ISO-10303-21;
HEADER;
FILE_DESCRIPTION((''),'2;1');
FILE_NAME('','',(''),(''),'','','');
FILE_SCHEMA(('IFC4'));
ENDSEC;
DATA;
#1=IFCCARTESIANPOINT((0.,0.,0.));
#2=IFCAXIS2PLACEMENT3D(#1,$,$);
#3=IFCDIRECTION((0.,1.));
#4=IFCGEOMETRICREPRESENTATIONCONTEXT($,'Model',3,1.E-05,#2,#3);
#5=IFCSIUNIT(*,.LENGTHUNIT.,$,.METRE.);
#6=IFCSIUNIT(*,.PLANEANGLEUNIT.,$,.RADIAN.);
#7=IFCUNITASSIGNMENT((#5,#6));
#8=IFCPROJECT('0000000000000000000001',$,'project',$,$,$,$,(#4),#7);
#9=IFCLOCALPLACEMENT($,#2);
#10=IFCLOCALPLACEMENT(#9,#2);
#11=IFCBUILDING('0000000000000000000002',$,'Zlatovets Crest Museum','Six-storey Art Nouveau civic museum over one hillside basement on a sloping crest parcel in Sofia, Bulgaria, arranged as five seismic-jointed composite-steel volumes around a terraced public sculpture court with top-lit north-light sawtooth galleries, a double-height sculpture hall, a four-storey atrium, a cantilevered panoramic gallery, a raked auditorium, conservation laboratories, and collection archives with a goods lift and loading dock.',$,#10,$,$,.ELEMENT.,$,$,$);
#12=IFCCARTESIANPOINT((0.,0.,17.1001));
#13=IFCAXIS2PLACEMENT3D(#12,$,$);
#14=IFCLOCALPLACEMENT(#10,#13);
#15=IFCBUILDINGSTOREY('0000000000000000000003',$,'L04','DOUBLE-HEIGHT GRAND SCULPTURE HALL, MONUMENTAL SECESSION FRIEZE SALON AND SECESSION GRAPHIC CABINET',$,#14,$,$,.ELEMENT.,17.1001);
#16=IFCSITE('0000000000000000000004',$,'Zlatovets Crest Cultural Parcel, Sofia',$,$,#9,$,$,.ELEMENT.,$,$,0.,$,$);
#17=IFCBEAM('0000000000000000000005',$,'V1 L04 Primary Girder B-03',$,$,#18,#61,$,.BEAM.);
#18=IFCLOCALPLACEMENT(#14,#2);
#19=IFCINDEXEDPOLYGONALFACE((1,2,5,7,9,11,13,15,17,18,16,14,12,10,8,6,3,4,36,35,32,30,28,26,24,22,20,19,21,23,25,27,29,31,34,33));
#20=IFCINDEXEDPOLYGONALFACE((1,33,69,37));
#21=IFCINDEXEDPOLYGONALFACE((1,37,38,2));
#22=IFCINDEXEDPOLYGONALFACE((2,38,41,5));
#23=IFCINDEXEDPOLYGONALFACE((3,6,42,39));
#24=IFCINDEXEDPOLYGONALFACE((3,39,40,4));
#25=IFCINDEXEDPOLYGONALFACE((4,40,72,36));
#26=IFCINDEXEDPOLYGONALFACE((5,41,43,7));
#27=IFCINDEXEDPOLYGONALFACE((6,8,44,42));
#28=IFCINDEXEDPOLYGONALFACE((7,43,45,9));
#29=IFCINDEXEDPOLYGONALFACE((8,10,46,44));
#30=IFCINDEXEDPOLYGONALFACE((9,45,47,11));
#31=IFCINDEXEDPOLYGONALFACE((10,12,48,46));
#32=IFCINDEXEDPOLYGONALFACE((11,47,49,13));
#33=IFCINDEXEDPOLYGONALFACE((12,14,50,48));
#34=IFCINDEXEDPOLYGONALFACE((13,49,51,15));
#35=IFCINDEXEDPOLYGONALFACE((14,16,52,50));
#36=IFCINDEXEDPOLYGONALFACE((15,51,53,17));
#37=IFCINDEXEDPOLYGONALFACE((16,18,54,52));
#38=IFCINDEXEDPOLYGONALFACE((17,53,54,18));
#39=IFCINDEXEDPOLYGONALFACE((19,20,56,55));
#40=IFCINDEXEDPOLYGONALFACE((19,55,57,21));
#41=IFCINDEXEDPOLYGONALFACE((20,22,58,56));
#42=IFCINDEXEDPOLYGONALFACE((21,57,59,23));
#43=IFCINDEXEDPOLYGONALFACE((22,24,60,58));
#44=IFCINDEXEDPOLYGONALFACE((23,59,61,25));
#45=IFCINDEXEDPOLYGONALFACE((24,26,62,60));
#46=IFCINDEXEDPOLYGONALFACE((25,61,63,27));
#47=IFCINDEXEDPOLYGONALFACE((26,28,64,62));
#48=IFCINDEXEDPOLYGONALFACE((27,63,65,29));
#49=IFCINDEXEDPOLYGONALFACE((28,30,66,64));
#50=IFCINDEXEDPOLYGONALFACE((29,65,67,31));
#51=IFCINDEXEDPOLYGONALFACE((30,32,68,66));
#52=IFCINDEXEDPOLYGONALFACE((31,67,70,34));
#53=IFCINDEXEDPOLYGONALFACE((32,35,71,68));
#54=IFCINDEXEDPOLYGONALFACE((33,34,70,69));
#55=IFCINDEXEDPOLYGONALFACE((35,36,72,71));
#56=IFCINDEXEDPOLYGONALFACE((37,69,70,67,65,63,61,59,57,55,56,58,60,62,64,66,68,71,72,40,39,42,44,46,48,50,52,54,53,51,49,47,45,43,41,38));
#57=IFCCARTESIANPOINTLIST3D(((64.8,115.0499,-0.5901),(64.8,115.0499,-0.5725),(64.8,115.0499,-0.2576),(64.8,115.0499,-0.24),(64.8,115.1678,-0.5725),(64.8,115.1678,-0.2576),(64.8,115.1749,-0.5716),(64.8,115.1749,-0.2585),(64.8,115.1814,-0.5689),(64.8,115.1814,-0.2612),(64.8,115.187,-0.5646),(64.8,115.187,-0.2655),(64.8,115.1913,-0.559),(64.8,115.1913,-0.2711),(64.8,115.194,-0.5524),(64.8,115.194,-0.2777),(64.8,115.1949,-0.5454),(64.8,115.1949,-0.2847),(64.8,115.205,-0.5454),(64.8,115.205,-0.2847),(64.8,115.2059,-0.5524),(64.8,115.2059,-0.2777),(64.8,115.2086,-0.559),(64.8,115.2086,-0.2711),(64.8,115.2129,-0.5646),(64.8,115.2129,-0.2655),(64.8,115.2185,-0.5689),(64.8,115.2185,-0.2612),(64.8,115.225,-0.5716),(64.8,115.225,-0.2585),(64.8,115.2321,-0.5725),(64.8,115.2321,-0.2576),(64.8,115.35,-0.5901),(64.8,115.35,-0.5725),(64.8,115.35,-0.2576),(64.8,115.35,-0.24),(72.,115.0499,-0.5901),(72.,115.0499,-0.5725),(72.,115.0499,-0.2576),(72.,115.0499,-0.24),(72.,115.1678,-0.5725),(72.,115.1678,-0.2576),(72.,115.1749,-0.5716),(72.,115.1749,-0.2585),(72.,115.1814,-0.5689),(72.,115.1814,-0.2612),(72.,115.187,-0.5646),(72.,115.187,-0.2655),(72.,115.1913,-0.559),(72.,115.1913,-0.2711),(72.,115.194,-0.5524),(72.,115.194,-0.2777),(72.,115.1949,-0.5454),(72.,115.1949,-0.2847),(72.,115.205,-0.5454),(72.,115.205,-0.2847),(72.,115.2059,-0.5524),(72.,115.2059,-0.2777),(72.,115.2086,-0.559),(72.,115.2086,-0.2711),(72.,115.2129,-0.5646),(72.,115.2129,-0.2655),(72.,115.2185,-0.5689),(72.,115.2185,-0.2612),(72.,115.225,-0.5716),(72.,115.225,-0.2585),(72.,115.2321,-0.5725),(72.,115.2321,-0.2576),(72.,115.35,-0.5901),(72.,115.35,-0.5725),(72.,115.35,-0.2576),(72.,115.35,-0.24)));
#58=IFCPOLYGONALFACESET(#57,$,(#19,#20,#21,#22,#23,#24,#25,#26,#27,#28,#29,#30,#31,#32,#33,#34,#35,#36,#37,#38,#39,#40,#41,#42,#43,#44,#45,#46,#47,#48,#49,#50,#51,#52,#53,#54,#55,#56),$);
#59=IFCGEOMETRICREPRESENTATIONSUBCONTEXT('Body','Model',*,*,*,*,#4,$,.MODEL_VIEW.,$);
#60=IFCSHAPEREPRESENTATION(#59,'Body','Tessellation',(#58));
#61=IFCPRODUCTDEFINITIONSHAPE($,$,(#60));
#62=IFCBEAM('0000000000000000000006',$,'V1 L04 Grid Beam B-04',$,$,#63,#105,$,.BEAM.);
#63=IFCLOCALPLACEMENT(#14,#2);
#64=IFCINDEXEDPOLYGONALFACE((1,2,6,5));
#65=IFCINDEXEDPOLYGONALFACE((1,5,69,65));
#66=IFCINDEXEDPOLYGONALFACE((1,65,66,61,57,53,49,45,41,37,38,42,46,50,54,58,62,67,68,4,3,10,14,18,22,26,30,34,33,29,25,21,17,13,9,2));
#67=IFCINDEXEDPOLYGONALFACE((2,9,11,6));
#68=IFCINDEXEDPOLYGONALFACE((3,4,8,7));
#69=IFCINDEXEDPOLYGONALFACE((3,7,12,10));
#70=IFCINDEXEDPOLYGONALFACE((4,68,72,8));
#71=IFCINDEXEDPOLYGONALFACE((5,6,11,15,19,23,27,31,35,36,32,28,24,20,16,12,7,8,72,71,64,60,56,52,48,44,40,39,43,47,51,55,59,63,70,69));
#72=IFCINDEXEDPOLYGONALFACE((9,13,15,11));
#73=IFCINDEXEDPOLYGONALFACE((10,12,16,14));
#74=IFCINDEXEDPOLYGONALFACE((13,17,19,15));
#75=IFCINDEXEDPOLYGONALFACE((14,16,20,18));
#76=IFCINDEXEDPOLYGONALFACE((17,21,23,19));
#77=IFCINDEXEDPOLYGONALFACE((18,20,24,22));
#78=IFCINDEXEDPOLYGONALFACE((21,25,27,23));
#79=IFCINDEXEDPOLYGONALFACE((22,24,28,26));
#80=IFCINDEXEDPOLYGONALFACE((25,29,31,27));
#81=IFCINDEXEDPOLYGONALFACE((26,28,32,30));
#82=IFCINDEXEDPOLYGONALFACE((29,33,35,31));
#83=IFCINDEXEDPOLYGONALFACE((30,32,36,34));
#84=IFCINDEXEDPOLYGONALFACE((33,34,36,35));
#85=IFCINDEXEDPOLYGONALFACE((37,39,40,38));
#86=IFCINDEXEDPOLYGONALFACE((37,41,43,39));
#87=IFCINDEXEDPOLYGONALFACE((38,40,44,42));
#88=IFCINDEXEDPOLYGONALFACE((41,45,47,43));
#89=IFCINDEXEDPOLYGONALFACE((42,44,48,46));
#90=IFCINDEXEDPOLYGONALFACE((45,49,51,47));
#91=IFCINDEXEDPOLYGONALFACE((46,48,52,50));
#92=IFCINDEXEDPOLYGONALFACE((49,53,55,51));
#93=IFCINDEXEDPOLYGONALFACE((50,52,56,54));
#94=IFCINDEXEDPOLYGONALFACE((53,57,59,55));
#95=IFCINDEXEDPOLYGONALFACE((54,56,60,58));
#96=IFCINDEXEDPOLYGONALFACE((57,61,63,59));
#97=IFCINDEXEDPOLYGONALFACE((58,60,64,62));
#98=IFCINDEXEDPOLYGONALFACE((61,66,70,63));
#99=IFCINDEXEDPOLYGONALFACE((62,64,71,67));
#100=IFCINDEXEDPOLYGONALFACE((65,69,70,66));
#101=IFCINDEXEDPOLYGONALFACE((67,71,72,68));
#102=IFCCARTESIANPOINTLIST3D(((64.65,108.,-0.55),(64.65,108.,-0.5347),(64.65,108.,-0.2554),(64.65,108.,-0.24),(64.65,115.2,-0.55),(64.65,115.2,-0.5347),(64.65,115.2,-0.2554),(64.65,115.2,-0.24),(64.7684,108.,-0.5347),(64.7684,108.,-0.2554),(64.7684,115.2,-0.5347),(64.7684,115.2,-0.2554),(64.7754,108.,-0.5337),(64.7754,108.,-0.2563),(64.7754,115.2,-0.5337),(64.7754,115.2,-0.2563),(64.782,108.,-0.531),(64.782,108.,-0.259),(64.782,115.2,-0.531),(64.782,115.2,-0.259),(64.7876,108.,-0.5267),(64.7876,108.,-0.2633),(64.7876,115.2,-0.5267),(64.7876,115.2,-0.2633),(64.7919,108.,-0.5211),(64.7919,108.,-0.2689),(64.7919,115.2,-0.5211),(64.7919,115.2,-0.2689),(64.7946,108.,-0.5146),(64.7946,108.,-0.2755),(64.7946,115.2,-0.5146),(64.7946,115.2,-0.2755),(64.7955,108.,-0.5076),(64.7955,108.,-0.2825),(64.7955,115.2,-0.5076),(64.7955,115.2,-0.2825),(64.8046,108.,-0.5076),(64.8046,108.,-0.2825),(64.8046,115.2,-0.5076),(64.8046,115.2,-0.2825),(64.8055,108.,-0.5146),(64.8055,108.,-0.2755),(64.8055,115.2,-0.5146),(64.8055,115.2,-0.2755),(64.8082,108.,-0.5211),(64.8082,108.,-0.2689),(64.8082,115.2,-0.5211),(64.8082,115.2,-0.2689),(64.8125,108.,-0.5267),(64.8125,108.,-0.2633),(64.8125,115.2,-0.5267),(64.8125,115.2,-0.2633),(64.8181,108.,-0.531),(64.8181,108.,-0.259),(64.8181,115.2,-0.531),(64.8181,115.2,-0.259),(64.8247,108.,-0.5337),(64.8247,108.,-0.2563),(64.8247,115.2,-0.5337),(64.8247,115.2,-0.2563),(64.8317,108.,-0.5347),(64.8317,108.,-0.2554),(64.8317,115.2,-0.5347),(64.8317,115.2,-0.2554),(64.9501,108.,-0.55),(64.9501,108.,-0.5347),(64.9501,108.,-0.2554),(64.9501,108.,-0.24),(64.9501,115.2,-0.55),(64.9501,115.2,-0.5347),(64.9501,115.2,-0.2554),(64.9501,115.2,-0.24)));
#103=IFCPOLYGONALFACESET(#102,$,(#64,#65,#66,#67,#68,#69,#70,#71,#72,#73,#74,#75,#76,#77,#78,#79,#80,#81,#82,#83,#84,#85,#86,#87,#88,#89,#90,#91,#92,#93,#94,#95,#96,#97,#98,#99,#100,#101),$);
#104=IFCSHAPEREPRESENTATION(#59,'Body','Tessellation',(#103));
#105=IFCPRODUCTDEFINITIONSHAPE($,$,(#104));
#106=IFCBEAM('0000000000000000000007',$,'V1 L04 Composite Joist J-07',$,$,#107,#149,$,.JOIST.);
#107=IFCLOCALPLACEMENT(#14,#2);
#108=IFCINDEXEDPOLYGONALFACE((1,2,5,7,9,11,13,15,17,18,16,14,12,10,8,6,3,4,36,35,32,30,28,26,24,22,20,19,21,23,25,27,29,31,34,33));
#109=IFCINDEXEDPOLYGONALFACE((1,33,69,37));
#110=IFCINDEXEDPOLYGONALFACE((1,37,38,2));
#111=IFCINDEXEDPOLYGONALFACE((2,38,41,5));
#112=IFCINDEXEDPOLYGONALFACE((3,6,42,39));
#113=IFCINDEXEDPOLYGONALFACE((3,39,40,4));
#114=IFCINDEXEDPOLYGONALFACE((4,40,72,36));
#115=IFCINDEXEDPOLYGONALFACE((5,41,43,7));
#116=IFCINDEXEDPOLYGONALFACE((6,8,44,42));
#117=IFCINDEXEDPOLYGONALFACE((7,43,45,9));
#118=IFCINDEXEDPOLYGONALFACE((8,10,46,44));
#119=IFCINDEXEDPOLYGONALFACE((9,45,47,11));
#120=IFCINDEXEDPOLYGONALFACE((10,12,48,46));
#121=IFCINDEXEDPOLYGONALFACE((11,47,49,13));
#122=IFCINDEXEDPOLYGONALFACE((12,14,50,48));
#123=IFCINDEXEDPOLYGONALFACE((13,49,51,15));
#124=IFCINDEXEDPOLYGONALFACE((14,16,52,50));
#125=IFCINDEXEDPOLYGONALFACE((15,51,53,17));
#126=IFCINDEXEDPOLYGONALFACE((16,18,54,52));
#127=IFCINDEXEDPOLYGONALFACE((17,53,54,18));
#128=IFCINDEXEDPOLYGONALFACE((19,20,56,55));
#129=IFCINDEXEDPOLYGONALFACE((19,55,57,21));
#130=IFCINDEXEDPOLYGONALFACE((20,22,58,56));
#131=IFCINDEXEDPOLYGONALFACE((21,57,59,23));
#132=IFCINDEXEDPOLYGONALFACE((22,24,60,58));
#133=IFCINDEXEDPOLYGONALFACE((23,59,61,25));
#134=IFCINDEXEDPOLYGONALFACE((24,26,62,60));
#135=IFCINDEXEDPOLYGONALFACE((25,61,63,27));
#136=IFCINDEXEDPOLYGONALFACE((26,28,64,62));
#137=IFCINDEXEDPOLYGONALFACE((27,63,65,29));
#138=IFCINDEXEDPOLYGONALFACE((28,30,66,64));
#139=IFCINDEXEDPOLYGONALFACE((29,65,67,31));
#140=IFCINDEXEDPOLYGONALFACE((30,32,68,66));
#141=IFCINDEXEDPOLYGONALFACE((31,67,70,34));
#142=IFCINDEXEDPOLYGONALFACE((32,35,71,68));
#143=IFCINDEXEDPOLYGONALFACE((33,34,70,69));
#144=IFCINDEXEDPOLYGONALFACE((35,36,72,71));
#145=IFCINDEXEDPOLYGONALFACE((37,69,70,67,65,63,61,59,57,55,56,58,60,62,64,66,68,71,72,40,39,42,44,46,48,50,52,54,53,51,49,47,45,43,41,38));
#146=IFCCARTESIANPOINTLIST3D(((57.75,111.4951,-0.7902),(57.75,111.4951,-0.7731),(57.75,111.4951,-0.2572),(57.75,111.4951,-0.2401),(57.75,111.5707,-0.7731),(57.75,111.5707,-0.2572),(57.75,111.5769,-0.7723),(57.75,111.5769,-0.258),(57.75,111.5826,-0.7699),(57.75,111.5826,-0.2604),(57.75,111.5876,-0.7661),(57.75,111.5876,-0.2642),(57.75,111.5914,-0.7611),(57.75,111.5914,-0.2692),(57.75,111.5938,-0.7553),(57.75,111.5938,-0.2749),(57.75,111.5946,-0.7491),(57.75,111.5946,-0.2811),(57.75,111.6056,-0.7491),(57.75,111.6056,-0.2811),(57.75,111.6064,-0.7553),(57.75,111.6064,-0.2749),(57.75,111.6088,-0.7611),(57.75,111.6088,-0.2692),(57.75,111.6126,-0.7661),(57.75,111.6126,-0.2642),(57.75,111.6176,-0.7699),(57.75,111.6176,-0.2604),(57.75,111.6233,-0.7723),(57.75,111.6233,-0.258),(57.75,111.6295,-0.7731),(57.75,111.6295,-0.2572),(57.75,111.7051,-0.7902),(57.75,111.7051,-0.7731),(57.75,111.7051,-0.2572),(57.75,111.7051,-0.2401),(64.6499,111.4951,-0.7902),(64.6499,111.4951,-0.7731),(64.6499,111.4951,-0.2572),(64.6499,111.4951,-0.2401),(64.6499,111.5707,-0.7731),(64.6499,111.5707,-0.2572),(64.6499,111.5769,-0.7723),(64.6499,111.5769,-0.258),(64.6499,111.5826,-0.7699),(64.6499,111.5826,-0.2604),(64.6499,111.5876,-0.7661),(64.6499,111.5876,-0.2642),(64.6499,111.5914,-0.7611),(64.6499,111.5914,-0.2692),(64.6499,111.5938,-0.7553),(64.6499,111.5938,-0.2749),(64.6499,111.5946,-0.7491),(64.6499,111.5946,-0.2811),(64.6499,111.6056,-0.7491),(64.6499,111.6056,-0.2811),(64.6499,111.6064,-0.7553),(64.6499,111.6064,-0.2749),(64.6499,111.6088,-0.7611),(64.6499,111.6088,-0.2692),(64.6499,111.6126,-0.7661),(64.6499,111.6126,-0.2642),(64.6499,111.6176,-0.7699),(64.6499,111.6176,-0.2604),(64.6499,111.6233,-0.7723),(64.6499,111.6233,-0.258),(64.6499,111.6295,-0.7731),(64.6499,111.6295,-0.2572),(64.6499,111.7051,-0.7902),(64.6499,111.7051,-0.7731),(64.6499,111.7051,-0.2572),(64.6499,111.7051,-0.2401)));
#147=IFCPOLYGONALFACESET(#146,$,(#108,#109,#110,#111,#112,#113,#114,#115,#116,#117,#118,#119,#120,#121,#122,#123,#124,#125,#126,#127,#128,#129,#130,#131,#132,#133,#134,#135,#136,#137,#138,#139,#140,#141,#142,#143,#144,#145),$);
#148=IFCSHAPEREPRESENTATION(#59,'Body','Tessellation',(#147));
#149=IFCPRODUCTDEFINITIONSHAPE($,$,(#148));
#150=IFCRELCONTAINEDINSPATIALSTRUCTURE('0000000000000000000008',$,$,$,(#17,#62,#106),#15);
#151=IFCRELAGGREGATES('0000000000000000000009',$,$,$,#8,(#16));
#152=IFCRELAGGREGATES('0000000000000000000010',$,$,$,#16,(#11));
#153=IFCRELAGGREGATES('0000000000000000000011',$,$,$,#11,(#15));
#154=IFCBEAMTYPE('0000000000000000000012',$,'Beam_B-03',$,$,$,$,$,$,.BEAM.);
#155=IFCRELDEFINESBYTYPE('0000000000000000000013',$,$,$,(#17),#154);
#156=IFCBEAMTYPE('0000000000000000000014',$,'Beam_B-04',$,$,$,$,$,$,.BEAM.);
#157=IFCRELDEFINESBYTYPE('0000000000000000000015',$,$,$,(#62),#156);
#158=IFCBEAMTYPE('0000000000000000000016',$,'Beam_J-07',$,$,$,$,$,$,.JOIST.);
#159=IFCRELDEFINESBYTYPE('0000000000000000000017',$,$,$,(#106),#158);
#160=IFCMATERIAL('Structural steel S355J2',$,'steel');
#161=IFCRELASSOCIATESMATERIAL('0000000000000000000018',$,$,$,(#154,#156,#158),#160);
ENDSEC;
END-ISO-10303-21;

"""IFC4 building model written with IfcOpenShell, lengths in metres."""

from ifc_helpers import new_model, si_unit, direction, frame, origin, origin_2d, place, context, subcontext, project, spatial, i_section, extrude, material, material_profile, profile_set, type_object, element, save


model = new_model("IFC4")

# Units and contexts
model_context = context("Model", 3, precision=1e-05, world=origin(), true_north=direction((0.0, 1.0)))
body_context = subcontext(model_context, "Body", "Model", "MODEL_VIEW")
ifc_project = project(units=[si_unit("LENGTHUNIT", "METRE"), si_unit("PLANEANGLEUNIT", "RADIAN")], contexts=[model_context])

# Site, building, storey
site_placement = place(None, origin())
site = spatial("IfcSite", under=ifc_project, at=site_placement, Name="Zlatovets Crest Cultural Parcel, Sofia", CompositionType="ELEMENT", RefElevation=0.0)
building_placement = place(site_placement, origin())
building = spatial("IfcBuilding", under=site, at=building_placement, Name="Zlatovets Crest Museum", Description="Six-storey Art Nouveau civic museum over one hillside basement on a sloping crest parcel in Sofia, Bulgaria, arranged as five seismic-jointed composite-steel volumes around a terraced public sculpture court with top-lit north-light sawtooth galleries, a double-height sculpture hall, a four-storey atrium, a cantilevered panoramic gallery, a raked auditorium, conservation laboratories, and collection archives with a goods lift and loading dock.", CompositionType="ELEMENT")
storey_placement = place(building_placement, frame((0.0, 0.0, 17.1001)))
storey = spatial("IfcBuildingStorey", under=building, at=storey_placement, Name="L04", Description="DOUBLE-HEIGHT GRAND SCULPTURE HALL, MONUMENTAL SECESSION FRIEZE SALON AND SECESSION GRAPHIC CABINET", CompositionType="ELEMENT", Elevation=17.1001)

# Shared definitions
ifc_material_1 = material(Name="Structural steel S355J2", Category="steel")

# Beams
ifc_material_profile_1 = material_profile(ifc_material_1, i_section(OverallWidth=0.3, OverallDepth=0.3501, WebThickness=0.01, FlangeThickness=0.0176, FilletRadius=0.0271, at=origin_2d()), Name="HEA 360")
ifc_profile_set_1 = profile_set([ifc_material_profile_1], Name="Structural steel S355J2")
beam_type_1 = type_object("IfcBeamType", Name="Beam_B-03", PredefinedType="BEAM", material=ifc_profile_set_1)
for number, where, z_axis, x_axis, name in (
    (1, (64.8, 115.2, -0.415), (1.0, 0.0, 0.0), (0.0, 1.0, 0.0), "V1 L04 Primary Girder B-03"),
):
    element("IfcBeam", number, at=place(storey_placement, frame(where, z_axis=z_axis, x_axis=x_axis)), inside=storey, type_object=beam_type_1, Name=name, PredefinedType="BEAM", context=body_context, shape_type="SweptSolid", body=[
        extrude(i_section(OverallWidth=0.3, OverallDepth=0.3501, WebThickness=0.01, FlangeThickness=0.0176, FilletRadius=0.0271, at=origin_2d()), origin(), (0.0, 0.0, 1.0), 7.2),
    ])
ifc_material_profile_2 = material_profile(ifc_material_1, i_section(OverallWidth=0.3, OverallDepth=0.3101, WebThickness=0.009, FlangeThickness=0.0154, FilletRadius=0.0271, at=origin_2d()), Name="HEA 320")
ifc_profile_set_2 = profile_set([ifc_material_profile_2], Name="Structural steel S355J2")
beam_type_2 = type_object("IfcBeamType", Name="Beam_B-04", PredefinedType="BEAM", material=ifc_profile_set_2)
beam_1_placement = place(storey_placement, frame((64.8, 108.0, -0.395), z_axis=(0.0, 1.0, 0.0), x_axis=(-1.0, 0.0, 0.0)))
element("IfcBeam", 2, at=beam_1_placement, inside=storey, type_object=beam_type_2, Name="V1 L04 Grid Beam B-04", PredefinedType="BEAM", context=body_context, shape_type="SweptSolid", body=[
    extrude(i_section(OverallWidth=0.3, OverallDepth=0.3101, WebThickness=0.009, FlangeThickness=0.0154, FilletRadius=0.0271, at=origin_2d()), origin(), (0.0, 0.0, 1.0), 7.2),
])
ifc_material_profile_3 = material_profile(ifc_material_1, i_section(OverallWidth=0.21, OverallDepth=0.55, WebThickness=0.011, FlangeThickness=0.0171, FilletRadius=0.0239, at=origin_2d()), Name="IPE 550")
ifc_profile_set_3 = profile_set([ifc_material_profile_3], Name="Structural steel S355J2")
beam_type_3 = type_object("IfcBeamType", Name="Beam_J-07", PredefinedType="JOIST", material=ifc_profile_set_3)
beam_2_placement = place(storey_placement, frame((57.75, 111.6001, -0.5151), z_axis=(1.0, 0.0, 0.0), x_axis=(0.0, 1.0, 0.0)))
element("IfcBeam", 3, at=beam_2_placement, inside=storey, type_object=beam_type_3, Name="V1 L04 Composite Joist J-07", PredefinedType="JOIST", context=body_context, shape_type="SweptSolid", body=[
    extrude(i_section(OverallWidth=0.21, OverallDepth=0.55, WebThickness=0.011, FlangeThickness=0.0171, FilletRadius=0.0239, at=origin_2d()), origin(), (0.0, 0.0, 1.0), 6.8999),
])

save(model, "model.ifc")
